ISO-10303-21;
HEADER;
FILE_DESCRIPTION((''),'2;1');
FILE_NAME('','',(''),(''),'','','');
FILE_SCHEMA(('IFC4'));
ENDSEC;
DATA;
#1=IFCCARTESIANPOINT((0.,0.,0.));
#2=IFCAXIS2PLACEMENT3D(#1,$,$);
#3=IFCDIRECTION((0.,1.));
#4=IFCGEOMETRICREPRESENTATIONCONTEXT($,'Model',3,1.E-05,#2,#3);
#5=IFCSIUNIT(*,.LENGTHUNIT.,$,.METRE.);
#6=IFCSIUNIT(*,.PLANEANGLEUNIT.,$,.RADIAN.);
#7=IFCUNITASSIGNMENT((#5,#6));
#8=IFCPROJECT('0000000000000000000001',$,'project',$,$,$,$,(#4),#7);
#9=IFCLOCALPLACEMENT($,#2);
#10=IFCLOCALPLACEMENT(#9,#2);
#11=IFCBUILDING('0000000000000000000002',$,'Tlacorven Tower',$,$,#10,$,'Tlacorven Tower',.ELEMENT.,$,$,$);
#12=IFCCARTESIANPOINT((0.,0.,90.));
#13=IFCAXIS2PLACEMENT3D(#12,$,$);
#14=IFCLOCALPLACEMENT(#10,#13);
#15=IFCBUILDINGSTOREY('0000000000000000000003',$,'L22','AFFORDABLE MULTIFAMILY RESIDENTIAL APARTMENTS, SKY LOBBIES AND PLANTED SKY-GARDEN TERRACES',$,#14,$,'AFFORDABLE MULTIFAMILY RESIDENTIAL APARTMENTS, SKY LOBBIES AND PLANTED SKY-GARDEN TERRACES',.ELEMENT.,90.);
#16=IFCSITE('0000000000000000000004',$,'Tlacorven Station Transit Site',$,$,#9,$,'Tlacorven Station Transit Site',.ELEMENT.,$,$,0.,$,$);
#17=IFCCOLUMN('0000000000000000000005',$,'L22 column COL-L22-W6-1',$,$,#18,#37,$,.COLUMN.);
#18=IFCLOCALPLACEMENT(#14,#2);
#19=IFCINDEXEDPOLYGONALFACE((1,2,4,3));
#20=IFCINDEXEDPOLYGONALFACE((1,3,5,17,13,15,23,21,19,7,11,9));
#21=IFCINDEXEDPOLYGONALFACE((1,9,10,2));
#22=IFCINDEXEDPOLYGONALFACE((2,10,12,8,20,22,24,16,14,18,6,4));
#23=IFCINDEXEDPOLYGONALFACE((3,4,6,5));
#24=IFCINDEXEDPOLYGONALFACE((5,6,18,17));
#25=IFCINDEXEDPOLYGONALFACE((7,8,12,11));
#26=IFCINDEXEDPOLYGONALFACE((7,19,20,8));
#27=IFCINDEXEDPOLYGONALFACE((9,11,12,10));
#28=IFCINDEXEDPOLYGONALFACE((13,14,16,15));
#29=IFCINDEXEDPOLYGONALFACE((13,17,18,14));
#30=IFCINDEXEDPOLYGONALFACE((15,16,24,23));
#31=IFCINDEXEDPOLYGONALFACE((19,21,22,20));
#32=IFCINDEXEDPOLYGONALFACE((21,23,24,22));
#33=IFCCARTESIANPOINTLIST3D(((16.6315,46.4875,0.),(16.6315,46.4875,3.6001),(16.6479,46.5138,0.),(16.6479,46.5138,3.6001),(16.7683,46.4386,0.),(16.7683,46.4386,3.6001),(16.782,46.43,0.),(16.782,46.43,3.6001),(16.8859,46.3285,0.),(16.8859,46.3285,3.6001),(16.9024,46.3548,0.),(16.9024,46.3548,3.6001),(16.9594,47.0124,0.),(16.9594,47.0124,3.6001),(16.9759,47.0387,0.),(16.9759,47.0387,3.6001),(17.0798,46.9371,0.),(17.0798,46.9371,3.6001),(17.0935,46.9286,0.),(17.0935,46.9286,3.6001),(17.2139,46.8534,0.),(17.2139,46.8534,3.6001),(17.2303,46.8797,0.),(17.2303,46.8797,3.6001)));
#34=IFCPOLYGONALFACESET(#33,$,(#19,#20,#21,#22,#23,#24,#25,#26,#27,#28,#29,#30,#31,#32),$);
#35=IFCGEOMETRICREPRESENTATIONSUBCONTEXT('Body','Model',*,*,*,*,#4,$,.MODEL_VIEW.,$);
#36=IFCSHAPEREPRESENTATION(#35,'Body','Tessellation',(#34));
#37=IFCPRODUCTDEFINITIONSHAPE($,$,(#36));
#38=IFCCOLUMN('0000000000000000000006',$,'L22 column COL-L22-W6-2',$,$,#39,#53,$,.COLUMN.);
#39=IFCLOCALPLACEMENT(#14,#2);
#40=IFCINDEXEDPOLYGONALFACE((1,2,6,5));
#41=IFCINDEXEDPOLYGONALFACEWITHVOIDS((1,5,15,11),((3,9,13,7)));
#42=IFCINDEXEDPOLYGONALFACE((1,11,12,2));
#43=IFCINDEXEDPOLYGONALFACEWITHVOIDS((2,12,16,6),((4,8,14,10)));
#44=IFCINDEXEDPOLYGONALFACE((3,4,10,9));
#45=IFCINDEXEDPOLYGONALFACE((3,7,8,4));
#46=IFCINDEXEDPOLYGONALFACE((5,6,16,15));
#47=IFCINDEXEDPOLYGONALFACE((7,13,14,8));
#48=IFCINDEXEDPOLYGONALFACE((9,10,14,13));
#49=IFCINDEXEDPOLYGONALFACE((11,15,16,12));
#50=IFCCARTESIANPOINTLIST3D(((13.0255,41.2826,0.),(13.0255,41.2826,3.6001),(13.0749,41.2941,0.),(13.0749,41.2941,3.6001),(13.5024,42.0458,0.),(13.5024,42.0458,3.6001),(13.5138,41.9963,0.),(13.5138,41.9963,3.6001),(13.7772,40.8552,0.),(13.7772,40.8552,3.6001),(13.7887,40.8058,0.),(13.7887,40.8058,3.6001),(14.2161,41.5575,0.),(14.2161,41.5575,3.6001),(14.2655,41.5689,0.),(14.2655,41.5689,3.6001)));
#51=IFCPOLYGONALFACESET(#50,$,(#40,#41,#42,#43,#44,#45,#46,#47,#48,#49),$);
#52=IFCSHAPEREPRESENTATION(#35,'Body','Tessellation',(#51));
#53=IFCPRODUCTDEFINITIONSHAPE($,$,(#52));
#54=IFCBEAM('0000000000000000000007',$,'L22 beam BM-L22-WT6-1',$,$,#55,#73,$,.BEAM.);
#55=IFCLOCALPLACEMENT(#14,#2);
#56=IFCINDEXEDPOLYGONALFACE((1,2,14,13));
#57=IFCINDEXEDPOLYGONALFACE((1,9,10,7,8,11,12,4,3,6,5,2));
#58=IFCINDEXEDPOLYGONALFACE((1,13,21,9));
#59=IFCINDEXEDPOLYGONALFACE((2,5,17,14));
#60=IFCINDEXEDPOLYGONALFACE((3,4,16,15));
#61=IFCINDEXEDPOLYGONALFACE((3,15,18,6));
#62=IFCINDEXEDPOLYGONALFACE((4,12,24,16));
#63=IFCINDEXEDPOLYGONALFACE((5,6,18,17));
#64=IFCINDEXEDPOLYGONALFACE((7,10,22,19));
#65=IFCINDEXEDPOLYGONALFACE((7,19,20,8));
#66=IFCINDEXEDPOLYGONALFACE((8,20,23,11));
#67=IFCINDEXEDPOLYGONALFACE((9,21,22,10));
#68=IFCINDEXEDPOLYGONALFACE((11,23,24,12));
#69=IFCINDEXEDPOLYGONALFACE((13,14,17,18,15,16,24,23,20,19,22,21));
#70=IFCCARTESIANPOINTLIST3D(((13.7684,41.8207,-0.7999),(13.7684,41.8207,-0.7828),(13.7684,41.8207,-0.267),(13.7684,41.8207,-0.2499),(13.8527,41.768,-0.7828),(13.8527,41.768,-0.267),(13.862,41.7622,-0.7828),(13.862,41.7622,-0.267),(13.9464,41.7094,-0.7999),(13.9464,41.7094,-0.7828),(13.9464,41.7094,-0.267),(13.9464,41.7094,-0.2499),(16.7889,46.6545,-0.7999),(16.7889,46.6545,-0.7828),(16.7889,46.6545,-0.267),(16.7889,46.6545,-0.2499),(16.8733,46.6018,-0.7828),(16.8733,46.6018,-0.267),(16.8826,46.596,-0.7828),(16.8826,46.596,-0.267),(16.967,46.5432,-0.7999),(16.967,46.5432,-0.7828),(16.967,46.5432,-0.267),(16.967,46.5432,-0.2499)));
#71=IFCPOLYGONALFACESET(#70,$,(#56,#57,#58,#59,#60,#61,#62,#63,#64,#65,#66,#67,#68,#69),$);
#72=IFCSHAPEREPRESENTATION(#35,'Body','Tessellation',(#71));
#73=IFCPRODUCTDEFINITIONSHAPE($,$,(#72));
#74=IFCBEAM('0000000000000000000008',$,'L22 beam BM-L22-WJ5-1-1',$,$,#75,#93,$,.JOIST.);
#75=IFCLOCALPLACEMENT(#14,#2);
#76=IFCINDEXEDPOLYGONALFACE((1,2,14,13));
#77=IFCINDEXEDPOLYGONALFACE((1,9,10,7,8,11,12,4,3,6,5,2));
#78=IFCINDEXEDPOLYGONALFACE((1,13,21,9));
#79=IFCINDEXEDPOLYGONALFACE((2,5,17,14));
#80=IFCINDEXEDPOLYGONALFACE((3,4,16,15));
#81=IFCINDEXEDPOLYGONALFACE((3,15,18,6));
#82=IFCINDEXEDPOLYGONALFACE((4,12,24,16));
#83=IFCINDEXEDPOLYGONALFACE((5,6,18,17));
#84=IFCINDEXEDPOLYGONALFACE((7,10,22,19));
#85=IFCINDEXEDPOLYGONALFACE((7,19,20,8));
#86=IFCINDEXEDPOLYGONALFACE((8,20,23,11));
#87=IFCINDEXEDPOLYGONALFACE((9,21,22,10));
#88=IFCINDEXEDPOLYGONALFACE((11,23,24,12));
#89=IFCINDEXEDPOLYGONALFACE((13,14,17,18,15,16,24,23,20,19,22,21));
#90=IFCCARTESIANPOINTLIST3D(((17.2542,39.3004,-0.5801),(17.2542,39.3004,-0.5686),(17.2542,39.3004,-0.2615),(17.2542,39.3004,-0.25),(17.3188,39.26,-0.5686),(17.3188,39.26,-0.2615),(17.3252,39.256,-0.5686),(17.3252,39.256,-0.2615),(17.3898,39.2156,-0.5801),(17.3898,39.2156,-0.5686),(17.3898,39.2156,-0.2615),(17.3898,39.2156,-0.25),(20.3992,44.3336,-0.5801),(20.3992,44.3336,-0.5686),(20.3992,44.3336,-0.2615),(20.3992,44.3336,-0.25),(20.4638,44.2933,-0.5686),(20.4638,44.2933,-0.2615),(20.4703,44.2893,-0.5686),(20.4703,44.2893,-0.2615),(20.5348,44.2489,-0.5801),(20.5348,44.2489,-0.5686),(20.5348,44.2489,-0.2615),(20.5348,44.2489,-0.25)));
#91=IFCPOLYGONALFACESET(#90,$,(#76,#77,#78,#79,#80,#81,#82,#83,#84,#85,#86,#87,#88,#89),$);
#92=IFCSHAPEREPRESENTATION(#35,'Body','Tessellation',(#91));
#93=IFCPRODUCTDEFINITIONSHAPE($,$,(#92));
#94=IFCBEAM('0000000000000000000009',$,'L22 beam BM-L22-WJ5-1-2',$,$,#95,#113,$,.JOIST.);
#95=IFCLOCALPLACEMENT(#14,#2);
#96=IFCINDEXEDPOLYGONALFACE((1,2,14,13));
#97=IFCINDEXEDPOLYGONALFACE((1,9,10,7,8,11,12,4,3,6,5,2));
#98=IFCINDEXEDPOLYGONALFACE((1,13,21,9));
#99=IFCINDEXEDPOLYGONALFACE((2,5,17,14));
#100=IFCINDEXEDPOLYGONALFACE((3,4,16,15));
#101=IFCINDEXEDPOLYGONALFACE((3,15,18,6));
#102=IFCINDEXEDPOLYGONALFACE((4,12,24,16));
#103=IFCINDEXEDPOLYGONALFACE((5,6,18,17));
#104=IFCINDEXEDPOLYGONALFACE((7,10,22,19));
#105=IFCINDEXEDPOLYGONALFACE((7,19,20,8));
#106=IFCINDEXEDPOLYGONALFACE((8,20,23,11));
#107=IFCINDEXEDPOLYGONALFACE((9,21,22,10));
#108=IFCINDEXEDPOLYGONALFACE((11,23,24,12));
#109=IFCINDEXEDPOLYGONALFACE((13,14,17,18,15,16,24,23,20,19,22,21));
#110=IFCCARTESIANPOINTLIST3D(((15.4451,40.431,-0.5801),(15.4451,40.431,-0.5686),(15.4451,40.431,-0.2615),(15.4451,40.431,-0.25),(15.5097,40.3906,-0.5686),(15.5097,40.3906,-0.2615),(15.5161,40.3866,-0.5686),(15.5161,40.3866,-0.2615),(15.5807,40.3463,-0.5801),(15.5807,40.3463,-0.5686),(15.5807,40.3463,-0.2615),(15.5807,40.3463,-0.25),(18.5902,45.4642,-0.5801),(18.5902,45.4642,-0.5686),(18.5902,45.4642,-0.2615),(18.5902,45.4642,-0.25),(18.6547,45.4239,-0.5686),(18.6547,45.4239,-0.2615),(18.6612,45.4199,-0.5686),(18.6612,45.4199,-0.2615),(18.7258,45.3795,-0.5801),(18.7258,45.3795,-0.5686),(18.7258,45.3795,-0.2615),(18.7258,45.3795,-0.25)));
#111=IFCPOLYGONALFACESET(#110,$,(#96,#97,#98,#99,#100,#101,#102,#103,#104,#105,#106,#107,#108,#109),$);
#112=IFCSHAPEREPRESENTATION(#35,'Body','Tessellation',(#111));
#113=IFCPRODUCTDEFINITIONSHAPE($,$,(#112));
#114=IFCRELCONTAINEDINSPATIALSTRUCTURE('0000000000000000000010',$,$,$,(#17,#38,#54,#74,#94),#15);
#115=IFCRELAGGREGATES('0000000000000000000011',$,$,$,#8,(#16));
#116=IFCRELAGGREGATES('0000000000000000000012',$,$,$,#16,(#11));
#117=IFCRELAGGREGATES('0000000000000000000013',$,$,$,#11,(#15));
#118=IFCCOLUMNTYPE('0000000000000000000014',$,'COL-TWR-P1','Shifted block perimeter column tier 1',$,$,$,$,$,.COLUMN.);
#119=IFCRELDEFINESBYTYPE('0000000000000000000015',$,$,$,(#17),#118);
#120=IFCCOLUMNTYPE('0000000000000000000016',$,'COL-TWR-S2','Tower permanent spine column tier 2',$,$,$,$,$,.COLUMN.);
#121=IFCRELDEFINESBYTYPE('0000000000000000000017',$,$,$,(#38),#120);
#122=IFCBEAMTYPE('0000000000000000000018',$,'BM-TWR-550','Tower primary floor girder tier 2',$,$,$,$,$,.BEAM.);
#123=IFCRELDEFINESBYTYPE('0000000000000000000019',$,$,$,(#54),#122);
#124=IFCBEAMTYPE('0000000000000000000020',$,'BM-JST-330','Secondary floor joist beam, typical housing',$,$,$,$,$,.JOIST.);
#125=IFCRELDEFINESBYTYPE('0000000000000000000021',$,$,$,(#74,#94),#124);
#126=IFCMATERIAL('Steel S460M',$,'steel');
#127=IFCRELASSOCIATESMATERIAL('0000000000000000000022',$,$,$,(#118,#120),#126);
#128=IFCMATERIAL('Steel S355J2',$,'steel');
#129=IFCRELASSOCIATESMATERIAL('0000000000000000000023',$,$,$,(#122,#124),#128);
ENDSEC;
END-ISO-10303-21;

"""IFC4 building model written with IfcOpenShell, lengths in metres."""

from ifc_helpers import new_model, si_unit, direction, frame, origin, origin_2d, place, context, subcontext, project, spatial, hollow_rectangle, i_section, extrude, source, transform, mapped, material, material_profile, profile_set, type_object, element, save


model = new_model("IFC4")

# Units and contexts
model_context = context("Model", 3, precision=1e-05, world=origin(), true_north=direction((0.0, 1.0)))
body_context = subcontext(model_context, "Body", "Model", "MODEL_VIEW")
ifc_project = project(units=[si_unit("LENGTHUNIT", "METRE"), si_unit("PLANEANGLEUNIT", "RADIAN")], contexts=[model_context])

# Site, building, storey
site_placement = place(None, origin())
site = spatial("IfcSite", under=ifc_project, at=site_placement, Name="Tlacorven Station Transit Site", LongName="Tlacorven Station Transit Site", CompositionType="ELEMENT", RefElevation=0.0)
building_placement = place(site_placement, origin())
building = spatial("IfcBuilding", under=site, at=building_placement, Name="Tlacorven Tower", LongName="Tlacorven Tower", CompositionType="ELEMENT")
storey_placement = place(building_placement, frame((0.0, 0.0, 90.0)))
storey = spatial("IfcBuildingStorey", under=building, at=storey_placement, Name="L22", Description="AFFORDABLE MULTIFAMILY RESIDENTIAL APARTMENTS, SKY LOBBIES AND PLANTED SKY-GARDEN TERRACES", LongName="AFFORDABLE MULTIFAMILY RESIDENTIAL APARTMENTS, SKY LOBBIES AND PLANTED SKY-GARDEN TERRACES", CompositionType="ELEMENT", Elevation=90.0)

# Columns
ifc_material_1 = material(Name="Steel S460M", Category="steel")
ifc_material_profile_1 = material_profile(ifc_material_1, i_section(OverallWidth=0.3, OverallDepth=0.6499, WebThickness=0.0161, FlangeThickness=0.031, at=origin_2d()), Name="HEB 650")
ifc_profile_set_1 = profile_set([ifc_material_profile_1], Name="Steel S460M")
column_type_1 = type_object("IfcColumnType", Name="COL-TWR-P1", Description="Shifted block perimeter column tier 1", PredefinedType="COLUMN", material=ifc_profile_set_1)
shared_shape_1 = source(origin(), body_context, "Body", "SweptSolid", [
    extrude(i_section(OverallWidth=0.3, OverallDepth=0.6499, WebThickness=0.0161, FlangeThickness=0.031, at=origin_2d()), origin(), (0.0, 0.0, 1.0), 3.6001),
])
column_1_placement = place(storey_placement, frame((16.9309, 46.6836, 0.0), z_axis=(0.0, 0.0, 1.0), x_axis=(-0.848048, 0.529919, 0.0)))
element("IfcColumn", 1, at=column_1_placement, inside=storey, type_object=column_type_1, Name="L22 column COL-L22-W6-1", PredefinedType="COLUMN", context=body_context, shape_type="MappedRepresentation", body=[
    mapped(shared_shape_1, transform((0.0, 0.0, 0.0), scale=1.0)),
])
ifc_material_profile_2 = material_profile(ifc_material_1, hollow_rectangle(XDim=0.8999, YDim=0.8999, WallThickness=0.0359, at=origin_2d()), Name="BOX 900X900X36")
ifc_profile_set_2 = profile_set([ifc_material_profile_2], Name="Steel S460M")
column_type_2 = type_object("IfcColumnType", Name="COL-TWR-S2", Description="Tower permanent spine column tier 2", PredefinedType="COLUMN", material=ifc_profile_set_2)
shared_shape_2 = source(origin(), body_context, "Body", "SweptSolid", [
    extrude(hollow_rectangle(XDim=0.8999, YDim=0.8999, WallThickness=0.0359, at=origin_2d()), origin(), (0.0, 0.0, 1.0), 3.6001),
])
column_2_placement = place(storey_placement, frame((13.6455, 41.4258, 0.0), z_axis=(0.0, 0.0, 1.0), x_axis=(-0.848048, 0.529919, 0.0)))
element("IfcColumn", 2, at=column_2_placement, inside=storey, type_object=column_type_2, Name="L22 column COL-L22-W6-2", PredefinedType="COLUMN", context=body_context, shape_type="MappedRepresentation", body=[
    mapped(shared_shape_2, transform((0.0, 0.0, 0.0), scale=1.0)),
])

# Beams
ifc_material_2 = material(Name="Steel S355J2", Category="steel")
ifc_material_profile_3 = material_profile(ifc_material_2, i_section(OverallWidth=0.21, OverallDepth=0.55, WebThickness=0.011, FlangeThickness=0.0171, at=origin_2d()), Name="IPE 550")
ifc_profile_set_3 = profile_set([ifc_material_profile_3], Name="Steel S355J2")
beam_type_1 = type_object("IfcBeamType", Name="BM-TWR-550", Description="Tower primary floor girder tier 2", PredefinedType="BEAM", material=ifc_profile_set_3)
shared_shape_3 = source(origin(), body_context, "Body", "SweptSolid", [
    extrude(i_section(OverallWidth=0.21, OverallDepth=0.55, WebThickness=0.011, FlangeThickness=0.0171, at=origin_2d()), origin(), (0.0, 0.0, 1.0), 5.7),
])
beam_placement = place(storey_placement, frame((16.8779, 46.5989, -0.5249), z_axis=(-0.529926, -0.848044, 0.0), x_axis=(0.848044, -0.529926, 0.0)))
element("IfcBeam", 3, at=beam_placement, inside=storey, type_object=beam_type_1, Name="L22 beam BM-L22-WT6-1", PredefinedType="BEAM", context=body_context, shape_type="MappedRepresentation", body=[
    mapped(shared_shape_3, transform((0.0, 0.0, 0.0), scale=1.0)),
])
ifc_material_profile_4 = material_profile(ifc_material_2, i_section(OverallWidth=0.1599, OverallDepth=0.3301, WebThickness=0.0076, FlangeThickness=0.0115, at=origin_2d()), Name="IPE 330")
ifc_profile_set_4 = profile_set([ifc_material_profile_4], Name="Steel S355J2")
beam_type_2 = type_object("IfcBeamType", Name="BM-JST-330", Description="Secondary floor joist beam, typical housing", PredefinedType="JOIST", material=ifc_profile_set_4)
shared_shape_4 = source(origin(), body_context, "Body", "SweptSolid", [
    extrude(i_section(OverallWidth=0.1599, OverallDepth=0.3301, WebThickness=0.0076, FlangeThickness=0.0115, at=origin_2d()), origin(), (0.0, 0.0, 1.0), 5.9351),
])
for number, where, z_axis, x_axis, name in (
    (4, (20.467, 44.2913, -0.415), (-0.52991, -0.848054, 0.0), (0.848054, -0.52991, 0.0), "L22 beam BM-L22-WJ5-1-1"),
    (5, (18.658, 45.4219, -0.415), (-0.52991, -0.848054, 0.0), (0.848054, -0.52991, 0.0), "L22 beam BM-L22-WJ5-1-2"),
):
    element("IfcBeam", number, at=place(storey_placement, frame(where, z_axis=z_axis, x_axis=x_axis)), inside=storey, type_object=beam_type_2, Name=name, PredefinedType="JOIST", context=body_context, shape_type="MappedRepresentation", body=[
        mapped(shared_shape_4, transform((0.0, 0.0, 0.0), scale=1.0)),
    ])

save(model, "model.ifc")
